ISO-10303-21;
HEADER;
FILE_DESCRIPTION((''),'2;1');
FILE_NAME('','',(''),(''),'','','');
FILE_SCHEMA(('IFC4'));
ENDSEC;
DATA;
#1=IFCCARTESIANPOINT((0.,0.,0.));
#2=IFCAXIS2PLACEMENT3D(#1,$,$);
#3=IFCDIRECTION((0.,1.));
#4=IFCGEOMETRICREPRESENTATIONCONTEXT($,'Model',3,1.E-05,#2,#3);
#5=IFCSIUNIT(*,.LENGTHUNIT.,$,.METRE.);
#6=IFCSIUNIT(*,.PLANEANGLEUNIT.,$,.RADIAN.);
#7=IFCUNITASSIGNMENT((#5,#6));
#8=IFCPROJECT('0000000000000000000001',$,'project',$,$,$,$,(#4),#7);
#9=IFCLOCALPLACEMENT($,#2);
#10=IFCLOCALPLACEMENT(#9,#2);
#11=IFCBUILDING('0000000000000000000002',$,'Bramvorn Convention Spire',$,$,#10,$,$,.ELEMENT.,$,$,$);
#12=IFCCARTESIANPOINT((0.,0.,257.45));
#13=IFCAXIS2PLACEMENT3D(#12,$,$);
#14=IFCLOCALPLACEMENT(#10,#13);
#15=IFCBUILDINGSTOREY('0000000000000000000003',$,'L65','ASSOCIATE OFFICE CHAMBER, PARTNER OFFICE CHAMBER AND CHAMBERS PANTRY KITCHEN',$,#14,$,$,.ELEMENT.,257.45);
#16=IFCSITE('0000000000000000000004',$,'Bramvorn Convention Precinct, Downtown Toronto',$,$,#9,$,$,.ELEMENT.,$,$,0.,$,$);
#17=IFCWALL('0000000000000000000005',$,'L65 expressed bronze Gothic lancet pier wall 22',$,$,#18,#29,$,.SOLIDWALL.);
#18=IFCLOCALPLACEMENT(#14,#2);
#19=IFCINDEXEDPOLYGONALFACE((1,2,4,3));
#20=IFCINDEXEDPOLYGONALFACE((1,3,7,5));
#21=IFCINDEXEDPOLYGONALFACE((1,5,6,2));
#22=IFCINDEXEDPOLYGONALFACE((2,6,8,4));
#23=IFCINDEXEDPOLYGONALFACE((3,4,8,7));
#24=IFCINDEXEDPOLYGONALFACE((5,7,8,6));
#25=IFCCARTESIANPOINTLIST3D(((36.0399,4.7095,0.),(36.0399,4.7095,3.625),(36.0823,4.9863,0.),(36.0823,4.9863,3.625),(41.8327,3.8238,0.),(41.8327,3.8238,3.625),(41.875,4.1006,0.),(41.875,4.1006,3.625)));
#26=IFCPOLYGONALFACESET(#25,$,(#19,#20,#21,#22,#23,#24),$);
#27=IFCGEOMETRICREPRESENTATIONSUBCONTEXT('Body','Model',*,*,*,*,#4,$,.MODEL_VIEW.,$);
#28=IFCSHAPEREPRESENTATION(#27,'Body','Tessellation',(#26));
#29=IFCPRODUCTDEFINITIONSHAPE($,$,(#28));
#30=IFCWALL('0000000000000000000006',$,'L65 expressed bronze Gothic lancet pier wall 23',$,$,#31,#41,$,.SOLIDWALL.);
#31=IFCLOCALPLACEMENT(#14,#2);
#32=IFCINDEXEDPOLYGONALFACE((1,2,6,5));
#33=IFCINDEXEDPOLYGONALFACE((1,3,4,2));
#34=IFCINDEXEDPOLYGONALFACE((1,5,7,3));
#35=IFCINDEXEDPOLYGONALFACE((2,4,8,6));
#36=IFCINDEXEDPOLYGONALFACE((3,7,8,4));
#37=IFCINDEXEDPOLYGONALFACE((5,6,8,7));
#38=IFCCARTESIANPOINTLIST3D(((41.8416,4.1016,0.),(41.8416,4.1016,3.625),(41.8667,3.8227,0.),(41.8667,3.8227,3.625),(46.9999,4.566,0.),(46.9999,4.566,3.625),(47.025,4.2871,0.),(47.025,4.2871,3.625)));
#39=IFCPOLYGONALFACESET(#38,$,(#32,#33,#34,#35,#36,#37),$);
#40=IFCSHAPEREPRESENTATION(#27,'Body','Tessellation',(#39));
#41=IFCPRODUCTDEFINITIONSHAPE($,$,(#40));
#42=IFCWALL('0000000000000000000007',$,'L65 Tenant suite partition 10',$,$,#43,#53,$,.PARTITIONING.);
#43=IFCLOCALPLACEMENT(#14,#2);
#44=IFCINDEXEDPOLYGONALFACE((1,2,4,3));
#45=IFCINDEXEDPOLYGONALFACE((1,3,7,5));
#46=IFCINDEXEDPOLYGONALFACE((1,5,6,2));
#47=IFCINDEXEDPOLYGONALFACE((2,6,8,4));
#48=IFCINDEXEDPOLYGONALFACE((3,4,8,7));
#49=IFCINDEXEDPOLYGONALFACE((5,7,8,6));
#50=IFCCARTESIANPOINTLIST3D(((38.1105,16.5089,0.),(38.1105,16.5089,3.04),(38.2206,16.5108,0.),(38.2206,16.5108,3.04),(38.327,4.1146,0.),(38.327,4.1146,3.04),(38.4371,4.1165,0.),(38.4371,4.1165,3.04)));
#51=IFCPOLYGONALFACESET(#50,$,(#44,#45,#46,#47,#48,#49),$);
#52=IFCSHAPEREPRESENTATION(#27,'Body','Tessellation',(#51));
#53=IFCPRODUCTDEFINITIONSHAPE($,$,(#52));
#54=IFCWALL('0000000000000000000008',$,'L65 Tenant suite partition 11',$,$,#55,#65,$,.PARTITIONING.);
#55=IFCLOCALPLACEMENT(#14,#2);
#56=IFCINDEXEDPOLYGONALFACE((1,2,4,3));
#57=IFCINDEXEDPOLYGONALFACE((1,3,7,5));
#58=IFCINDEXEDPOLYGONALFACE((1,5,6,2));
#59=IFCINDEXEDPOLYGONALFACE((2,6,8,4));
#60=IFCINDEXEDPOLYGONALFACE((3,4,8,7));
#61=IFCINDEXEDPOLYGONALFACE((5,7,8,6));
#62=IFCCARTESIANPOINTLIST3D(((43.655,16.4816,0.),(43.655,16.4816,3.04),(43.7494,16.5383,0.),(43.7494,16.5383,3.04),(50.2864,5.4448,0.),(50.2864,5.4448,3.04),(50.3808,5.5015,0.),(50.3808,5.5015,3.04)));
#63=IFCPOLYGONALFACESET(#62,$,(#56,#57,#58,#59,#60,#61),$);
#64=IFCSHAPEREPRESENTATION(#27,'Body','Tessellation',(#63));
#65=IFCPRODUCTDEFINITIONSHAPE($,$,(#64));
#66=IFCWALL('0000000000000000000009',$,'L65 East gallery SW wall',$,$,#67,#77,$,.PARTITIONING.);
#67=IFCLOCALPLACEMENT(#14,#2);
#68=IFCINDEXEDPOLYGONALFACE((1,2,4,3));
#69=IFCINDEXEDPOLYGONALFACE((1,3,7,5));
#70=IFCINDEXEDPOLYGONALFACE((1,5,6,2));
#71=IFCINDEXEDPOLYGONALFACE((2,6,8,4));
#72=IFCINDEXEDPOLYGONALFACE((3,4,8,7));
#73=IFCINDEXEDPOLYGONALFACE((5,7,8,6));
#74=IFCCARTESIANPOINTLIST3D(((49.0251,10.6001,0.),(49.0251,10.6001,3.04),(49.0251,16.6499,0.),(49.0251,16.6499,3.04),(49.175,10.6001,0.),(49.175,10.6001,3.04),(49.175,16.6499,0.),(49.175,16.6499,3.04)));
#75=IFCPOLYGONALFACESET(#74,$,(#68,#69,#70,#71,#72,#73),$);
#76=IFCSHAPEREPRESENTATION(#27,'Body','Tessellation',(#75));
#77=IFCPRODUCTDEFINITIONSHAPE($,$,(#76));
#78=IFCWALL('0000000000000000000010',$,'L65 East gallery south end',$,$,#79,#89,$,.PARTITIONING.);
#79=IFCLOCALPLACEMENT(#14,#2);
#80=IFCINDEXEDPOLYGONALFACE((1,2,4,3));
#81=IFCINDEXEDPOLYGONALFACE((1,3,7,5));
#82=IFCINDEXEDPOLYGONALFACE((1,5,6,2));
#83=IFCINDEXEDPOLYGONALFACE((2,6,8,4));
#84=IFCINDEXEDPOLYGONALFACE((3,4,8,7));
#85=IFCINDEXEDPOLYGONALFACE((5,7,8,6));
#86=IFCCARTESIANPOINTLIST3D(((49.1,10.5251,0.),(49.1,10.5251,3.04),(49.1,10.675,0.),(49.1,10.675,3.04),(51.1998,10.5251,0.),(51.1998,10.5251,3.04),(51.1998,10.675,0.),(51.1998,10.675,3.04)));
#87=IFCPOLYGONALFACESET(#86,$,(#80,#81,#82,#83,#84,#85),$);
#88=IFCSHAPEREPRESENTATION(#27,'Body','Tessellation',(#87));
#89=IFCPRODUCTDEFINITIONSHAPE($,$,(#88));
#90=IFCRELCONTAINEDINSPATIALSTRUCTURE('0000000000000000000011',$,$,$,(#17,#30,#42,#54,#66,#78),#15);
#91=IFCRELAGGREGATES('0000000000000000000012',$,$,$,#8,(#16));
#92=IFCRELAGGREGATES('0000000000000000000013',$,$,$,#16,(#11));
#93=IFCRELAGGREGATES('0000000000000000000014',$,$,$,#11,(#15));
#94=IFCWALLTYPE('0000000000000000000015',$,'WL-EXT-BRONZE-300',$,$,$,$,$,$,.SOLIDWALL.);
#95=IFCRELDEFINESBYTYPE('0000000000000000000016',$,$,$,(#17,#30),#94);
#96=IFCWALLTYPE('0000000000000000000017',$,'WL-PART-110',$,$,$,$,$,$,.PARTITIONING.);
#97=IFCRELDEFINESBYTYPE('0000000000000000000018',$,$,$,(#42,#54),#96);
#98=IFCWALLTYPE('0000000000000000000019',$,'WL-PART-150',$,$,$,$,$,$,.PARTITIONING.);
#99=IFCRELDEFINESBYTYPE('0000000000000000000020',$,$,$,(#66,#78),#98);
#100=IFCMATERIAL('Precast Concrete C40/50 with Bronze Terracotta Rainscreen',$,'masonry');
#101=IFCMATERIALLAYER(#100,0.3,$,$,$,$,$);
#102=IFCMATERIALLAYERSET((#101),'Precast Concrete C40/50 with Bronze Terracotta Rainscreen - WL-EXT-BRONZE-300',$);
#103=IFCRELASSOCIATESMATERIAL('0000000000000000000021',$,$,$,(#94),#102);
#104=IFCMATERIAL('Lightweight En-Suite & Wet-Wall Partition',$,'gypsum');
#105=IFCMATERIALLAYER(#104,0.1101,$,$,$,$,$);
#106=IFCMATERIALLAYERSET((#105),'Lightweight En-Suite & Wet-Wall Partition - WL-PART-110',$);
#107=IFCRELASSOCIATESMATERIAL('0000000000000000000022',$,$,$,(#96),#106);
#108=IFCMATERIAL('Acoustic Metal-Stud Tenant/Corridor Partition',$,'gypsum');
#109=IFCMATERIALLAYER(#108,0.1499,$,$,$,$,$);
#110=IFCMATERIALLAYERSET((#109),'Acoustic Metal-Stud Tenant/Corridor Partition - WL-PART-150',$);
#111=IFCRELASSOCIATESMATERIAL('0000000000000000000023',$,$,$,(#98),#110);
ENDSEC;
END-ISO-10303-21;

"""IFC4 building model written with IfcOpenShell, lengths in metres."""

from ifc_helpers import new_model, si_unit, direction, frame, frame_2d, origin, place, context, subcontext, project, spatial, rectangle, extrude, material, layer, layer_set, type_object, element, save


model = new_model("IFC4")

# Units and contexts
model_context = context("Model", 3, precision=1e-05, world=origin(), true_north=direction((0.0, 1.0)))
body_context = subcontext(model_context, "Body", "Model", "MODEL_VIEW")
ifc_project = project(units=[si_unit("LENGTHUNIT", "METRE"), si_unit("PLANEANGLEUNIT", "RADIAN")], contexts=[model_context])

# Site, building, storey
site_placement = place(None, origin())
site = spatial("IfcSite", under=ifc_project, at=site_placement, Name="Bramvorn Convention Precinct, Downtown Toronto", CompositionType="ELEMENT", RefElevation=0.0)
building_placement = place(site_placement, origin())
building = spatial("IfcBuilding", under=site, at=building_placement, Name="Bramvorn Convention Spire", CompositionType="ELEMENT")
storey_placement = place(building_placement, frame((0.0, 0.0, 257.45)))
storey = spatial("IfcBuildingStorey", under=building, at=storey_placement, Name="L65", Description="ASSOCIATE OFFICE CHAMBER, PARTNER OFFICE CHAMBER AND CHAMBERS PANTRY KITCHEN", CompositionType="ELEMENT", Elevation=257.45)

# Walls
ifc_material_1 = material(Name="Precast Concrete C40/50 with Bronze Terracotta Rainscreen", Category="masonry")
ifc_layer_1 = layer(ifc_material_1, 0.3)
ifc_layer_set_1 = layer_set([ifc_layer_1], Name="Precast Concrete C40/50 with Bronze Terracotta Rainscreen - WL-EXT-BRONZE-300")
wall_type_1 = type_object("IfcWallType", Name="WL-EXT-BRONZE-300", PredefinedType="SOLIDWALL", material=ifc_layer_set_1)
wall_1_placement = place(storey_placement, frame((41.854, 3.9622, 0.0), z_axis=(0.0, 0.0, 1.0), x_axis=(-0.988511, 0.151149, 0.0)))
element("IfcWall", 1, at=wall_1_placement, inside=storey, type_object=wall_type_1, Name="L65 expressed bronze Gothic lancet pier wall 22", PredefinedType="SOLIDWALL", context=body_context, shape_type="SweptSolid", body=[
    extrude(rectangle(XDim=5.8601, YDim=0.28, at=frame_2d((2.9302, 0.0))), origin(), (0.0, 0.0, 1.0), 3.625),
])
wall_2_placement = place(storey_placement, frame((47.0125, 4.4265, 0.0), z_axis=(0.0, 0.0, 1.0), x_axis=(-0.995973, -0.089656, 0.0)))
element("IfcWall", 2, at=wall_2_placement, inside=storey, type_object=wall_type_1, Name="L65 expressed bronze Gothic lancet pier wall 23", PredefinedType="SOLIDWALL", context=body_context, shape_type="SweptSolid", body=[
    extrude(rectangle(XDim=5.1792, YDim=0.28, at=frame_2d((2.5896, 0.0))), origin(), (0.0, 0.0, 1.0), 3.625),
])
ifc_material_2 = material(Name="Lightweight En-Suite & Wet-Wall Partition", Category="gypsum")
ifc_layer_2 = layer(ifc_material_2, 0.1101)
ifc_layer_set_2 = layer_set([ifc_layer_2], Name="Lightweight En-Suite & Wet-Wall Partition - WL-PART-110")
wall_type_2 = type_object("IfcWallType", Name="WL-PART-110", PredefinedType="PARTITIONING", material=ifc_layer_set_2)
wall_3_placement = place(storey_placement, frame((38.1655, 16.51, 0.0), z_axis=(0.0, 0.0, 1.0), x_axis=(0.017469, -0.999847, 0.0)))
element("IfcWall", 3, at=wall_3_placement, inside=storey, type_object=wall_type_2, Name="L65 Tenant suite partition 10", PredefinedType="PARTITIONING", context=body_context, shape_type="SweptSolid", body=[
    extrude(rectangle(XDim=12.3962, YDim=0.1101, at=frame_2d((6.1982, 0.0))), origin(), (0.0, 0.0, 1.0), 3.04),
])
wall_4_placement = place(storey_placement, frame((43.7021, 16.51, 0.0), z_axis=(0.0, 0.0, 1.0), x_axis=(0.515031, -0.857172, 0.0)))
element("IfcWall", 4, at=wall_4_placement, inside=storey, type_object=wall_type_2, Name="L65 Tenant suite partition 11", PredefinedType="PARTITIONING", context=body_context, shape_type="SweptSolid", body=[
    extrude(rectangle(XDim=12.8757, YDim=0.1101, at=frame_2d((6.438, 0.0))), origin(), (0.0, 0.0, 1.0), 3.04),
])
ifc_material_3 = material(Name="Acoustic Metal-Stud Tenant/Corridor Partition", Category="gypsum")
ifc_layer_3 = layer(ifc_material_3, 0.1499)
ifc_layer_set_3 = layer_set([ifc_layer_3], Name="Acoustic Metal-Stud Tenant/Corridor Partition - WL-PART-150")
wall_type_3 = type_object("IfcWallType", Name="WL-PART-150", PredefinedType="PARTITIONING", material=ifc_layer_set_3)
wall_5_placement = place(storey_placement, frame((49.1001, 10.6001, 0.0), z_axis=(0.0, 0.0, 1.0), x_axis=(0.0, 1.0, 0.0)))
element("IfcWall", 5, at=wall_5_placement, inside=storey, type_object=wall_type_3, Name="L65 East gallery SW wall", PredefinedType="PARTITIONING", context=body_context, shape_type="SweptSolid", body=[
    extrude(rectangle(XDim=6.0498, YDim=0.1499, at=frame_2d((3.0249, 0.0))), origin(), (0.0, 0.0, 1.0), 3.04),
])
wall_6_placement = place(storey_placement, frame((49.1001, 10.6001, 0.0), z_axis=(0.0, 0.0, 1.0), x_axis=(1.0, 0.0, 0.0)))
element("IfcWall", 6, at=wall_6_placement, inside=storey, type_object=wall_type_3, Name="L65 East gallery south end", PredefinedType="PARTITIONING", context=body_context, shape_type="SweptSolid", body=[
    extrude(rectangle(XDim=2.0999, YDim=0.1499, at=frame_2d((1.0498, 0.0))), origin(), (0.0, 0.0, 1.0), 3.04),
])

save(model, "model.ifc")
